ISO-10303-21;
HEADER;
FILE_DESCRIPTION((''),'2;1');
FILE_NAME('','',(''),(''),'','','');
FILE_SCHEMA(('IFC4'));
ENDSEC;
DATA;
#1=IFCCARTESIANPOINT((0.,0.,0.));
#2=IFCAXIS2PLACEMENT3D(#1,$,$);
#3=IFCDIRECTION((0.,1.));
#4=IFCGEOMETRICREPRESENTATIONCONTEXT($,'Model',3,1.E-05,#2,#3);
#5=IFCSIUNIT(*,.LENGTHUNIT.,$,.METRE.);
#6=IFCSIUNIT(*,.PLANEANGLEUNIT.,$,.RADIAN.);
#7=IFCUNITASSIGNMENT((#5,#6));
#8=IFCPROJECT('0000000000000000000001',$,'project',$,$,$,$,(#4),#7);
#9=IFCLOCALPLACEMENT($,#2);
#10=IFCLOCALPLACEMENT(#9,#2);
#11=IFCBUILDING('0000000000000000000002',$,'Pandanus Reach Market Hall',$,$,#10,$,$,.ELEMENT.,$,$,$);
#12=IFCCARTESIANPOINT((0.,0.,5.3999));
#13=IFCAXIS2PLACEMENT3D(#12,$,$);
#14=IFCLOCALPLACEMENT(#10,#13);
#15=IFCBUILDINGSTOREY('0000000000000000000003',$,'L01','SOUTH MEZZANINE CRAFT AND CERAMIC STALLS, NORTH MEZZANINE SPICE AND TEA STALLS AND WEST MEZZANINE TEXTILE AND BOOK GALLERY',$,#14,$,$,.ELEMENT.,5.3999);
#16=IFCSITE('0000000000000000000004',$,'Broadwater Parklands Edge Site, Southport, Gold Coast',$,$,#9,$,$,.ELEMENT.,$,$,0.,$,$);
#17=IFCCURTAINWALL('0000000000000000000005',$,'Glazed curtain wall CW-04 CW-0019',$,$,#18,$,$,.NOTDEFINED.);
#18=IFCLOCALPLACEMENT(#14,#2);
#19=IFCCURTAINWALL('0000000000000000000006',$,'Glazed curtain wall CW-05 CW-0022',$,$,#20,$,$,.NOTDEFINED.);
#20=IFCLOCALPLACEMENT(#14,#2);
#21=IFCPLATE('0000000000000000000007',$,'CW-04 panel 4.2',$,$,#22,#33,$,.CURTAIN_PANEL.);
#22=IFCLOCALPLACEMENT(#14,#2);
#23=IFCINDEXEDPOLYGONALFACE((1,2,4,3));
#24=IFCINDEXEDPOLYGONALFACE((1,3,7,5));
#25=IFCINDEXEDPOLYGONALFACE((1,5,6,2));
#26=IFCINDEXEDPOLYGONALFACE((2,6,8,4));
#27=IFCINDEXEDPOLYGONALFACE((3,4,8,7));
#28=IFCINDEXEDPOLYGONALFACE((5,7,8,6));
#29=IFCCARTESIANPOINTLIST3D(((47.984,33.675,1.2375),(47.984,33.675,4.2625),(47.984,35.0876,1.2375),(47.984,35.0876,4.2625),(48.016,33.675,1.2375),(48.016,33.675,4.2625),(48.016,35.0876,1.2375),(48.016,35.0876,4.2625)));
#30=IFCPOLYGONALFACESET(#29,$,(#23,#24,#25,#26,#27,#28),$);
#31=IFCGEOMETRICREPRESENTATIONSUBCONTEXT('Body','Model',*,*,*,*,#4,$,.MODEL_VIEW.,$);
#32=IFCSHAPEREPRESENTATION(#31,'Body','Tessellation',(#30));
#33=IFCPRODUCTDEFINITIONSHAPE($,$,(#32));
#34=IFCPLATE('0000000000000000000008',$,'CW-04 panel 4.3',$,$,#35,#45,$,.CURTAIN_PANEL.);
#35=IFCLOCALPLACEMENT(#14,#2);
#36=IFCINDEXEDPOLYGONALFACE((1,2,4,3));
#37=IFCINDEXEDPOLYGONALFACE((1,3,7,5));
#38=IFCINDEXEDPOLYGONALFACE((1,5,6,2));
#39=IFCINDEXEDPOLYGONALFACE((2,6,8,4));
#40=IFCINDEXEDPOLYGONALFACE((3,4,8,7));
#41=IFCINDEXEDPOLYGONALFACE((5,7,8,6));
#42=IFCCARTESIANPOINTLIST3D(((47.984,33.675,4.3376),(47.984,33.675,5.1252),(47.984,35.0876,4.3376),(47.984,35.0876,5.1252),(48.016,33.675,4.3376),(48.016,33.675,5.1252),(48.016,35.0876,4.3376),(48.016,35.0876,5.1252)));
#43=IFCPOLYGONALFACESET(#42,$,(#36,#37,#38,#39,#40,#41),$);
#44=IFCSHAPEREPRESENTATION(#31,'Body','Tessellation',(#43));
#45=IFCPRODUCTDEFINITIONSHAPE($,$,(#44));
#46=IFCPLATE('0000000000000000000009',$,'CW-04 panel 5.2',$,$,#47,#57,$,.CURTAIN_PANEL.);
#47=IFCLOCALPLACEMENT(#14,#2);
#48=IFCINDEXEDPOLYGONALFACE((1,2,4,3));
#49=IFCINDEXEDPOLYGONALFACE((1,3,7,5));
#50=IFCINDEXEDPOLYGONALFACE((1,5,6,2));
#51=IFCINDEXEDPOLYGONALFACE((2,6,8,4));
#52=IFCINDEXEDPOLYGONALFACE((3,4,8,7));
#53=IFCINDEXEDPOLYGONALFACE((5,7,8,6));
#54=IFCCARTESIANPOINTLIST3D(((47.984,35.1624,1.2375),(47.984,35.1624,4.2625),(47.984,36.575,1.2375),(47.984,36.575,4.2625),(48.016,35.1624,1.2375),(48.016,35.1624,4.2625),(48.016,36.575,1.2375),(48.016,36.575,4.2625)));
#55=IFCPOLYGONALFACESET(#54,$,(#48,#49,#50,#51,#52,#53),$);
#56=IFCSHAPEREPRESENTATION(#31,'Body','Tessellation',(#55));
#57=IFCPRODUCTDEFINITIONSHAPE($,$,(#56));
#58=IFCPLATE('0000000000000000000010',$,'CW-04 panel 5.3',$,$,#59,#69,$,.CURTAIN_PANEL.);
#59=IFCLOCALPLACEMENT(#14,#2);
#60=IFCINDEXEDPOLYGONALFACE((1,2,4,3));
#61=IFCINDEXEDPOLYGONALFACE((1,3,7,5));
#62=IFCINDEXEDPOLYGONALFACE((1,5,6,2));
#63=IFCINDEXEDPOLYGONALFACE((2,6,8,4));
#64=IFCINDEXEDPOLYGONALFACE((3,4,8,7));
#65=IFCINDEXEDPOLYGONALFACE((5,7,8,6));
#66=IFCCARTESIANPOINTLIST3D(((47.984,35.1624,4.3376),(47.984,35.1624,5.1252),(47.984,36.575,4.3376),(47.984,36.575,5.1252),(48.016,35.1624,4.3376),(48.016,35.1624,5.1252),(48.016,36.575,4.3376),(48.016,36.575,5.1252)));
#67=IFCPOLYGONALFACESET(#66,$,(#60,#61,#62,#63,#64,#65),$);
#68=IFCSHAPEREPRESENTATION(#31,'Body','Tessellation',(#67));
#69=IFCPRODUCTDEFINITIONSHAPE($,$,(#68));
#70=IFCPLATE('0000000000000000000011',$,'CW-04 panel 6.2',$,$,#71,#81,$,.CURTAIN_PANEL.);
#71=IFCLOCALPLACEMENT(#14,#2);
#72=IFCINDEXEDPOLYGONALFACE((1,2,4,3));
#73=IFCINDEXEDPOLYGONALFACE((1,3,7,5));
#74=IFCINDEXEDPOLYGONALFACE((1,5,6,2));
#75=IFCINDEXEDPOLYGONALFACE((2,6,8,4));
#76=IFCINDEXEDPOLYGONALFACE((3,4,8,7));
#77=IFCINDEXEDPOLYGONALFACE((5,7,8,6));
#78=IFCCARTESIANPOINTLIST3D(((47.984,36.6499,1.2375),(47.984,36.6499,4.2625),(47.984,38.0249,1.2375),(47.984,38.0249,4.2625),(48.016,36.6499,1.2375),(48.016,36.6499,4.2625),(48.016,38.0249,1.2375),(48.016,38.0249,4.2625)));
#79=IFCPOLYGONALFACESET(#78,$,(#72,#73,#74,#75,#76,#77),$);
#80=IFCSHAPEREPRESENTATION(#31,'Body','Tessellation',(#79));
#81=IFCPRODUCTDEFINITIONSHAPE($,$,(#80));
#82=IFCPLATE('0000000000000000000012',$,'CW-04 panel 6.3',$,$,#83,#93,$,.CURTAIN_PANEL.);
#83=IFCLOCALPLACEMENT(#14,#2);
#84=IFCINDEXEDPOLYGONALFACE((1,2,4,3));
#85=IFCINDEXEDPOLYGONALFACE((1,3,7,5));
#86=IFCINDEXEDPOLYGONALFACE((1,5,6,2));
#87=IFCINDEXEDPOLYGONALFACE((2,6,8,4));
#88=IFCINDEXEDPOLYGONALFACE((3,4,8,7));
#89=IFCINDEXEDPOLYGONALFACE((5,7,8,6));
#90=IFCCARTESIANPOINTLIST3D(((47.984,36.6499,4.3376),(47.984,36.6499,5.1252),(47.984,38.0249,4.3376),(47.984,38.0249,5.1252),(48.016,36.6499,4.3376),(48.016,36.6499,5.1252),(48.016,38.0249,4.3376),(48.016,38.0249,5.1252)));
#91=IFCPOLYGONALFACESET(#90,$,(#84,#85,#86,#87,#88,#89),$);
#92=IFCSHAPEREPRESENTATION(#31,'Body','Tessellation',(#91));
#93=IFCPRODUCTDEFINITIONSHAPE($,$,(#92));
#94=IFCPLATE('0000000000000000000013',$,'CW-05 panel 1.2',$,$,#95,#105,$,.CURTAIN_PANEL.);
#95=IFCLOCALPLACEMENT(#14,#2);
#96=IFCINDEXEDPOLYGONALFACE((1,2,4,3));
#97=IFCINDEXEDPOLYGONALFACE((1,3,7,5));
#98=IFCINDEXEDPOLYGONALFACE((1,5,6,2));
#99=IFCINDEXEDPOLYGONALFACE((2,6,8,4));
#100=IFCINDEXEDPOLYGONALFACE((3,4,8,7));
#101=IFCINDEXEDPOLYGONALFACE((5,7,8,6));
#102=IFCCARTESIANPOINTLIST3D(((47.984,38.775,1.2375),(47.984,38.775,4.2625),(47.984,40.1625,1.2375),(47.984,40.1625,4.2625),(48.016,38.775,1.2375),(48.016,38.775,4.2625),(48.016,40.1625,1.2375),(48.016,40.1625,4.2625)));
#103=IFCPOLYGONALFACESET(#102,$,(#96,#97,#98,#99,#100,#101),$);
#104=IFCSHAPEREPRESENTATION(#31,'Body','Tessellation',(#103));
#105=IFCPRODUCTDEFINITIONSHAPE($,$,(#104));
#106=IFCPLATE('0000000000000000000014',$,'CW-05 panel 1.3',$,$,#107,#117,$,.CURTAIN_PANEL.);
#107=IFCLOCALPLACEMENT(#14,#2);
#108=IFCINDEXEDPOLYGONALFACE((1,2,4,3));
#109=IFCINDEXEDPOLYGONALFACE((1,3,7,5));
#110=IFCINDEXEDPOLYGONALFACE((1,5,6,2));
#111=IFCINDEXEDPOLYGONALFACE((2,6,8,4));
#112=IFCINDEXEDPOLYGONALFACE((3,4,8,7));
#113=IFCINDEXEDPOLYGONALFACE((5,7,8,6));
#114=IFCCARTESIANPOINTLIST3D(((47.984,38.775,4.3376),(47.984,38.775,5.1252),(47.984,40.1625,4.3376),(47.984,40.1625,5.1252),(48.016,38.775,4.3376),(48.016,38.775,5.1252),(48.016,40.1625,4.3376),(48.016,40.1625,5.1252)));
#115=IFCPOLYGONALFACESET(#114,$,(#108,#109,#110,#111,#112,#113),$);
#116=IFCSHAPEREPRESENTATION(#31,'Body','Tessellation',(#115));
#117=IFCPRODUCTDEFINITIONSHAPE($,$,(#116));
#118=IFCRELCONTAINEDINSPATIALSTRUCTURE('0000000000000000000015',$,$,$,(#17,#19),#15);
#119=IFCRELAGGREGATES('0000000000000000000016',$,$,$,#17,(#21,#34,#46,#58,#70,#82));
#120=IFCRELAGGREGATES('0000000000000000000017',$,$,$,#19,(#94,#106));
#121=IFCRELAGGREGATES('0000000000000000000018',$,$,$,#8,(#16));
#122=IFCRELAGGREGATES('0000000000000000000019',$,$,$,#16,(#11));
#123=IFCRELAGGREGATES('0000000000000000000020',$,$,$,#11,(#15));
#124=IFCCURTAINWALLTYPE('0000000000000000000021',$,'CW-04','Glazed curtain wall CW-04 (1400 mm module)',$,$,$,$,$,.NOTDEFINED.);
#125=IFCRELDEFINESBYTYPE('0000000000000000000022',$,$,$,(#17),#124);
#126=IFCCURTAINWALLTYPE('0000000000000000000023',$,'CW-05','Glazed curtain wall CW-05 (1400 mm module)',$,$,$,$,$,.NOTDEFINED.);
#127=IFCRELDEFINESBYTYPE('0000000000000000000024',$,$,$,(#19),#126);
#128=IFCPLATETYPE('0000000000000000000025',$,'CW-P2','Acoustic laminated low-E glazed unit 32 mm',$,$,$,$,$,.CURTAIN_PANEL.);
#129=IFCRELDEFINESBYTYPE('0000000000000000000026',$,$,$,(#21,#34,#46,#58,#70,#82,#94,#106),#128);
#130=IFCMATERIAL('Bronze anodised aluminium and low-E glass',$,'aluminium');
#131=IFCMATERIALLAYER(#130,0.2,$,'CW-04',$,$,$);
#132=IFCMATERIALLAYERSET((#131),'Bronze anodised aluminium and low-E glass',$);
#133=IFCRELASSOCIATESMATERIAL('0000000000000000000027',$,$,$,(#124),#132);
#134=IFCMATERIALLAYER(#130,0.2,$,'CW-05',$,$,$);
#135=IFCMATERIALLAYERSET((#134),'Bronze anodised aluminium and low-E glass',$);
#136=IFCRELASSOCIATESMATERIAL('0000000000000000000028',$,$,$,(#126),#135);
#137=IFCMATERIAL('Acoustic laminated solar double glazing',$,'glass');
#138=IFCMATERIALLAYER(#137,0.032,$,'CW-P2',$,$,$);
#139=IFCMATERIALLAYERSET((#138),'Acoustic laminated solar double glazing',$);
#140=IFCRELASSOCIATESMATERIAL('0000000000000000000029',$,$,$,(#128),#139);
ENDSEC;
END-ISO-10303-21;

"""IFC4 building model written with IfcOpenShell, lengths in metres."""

from ifc_helpers import new_model, si_unit, direction, frame, origin, origin_2d, place, context, subcontext, project, spatial, rectangle, extrude, material, layer, layer_set, type_object, element, aggregate, save


model = new_model("IFC4")

# Units and contexts
model_context = context("Model", 3, precision=1e-05, world=origin(), true_north=direction((0.0, 1.0)))
body_context = subcontext(model_context, "Body", "Model", "MODEL_VIEW")
ifc_project = project(units=[si_unit("LENGTHUNIT", "METRE"), si_unit("PLANEANGLEUNIT", "RADIAN")], contexts=[model_context])

# Site, building, storey
site_placement = place(None, origin())
site = spatial("IfcSite", under=ifc_project, at=site_placement, Name="Broadwater Parklands Edge Site, Southport, Gold Coast", CompositionType="ELEMENT", RefElevation=0.0)
building_placement = place(site_placement, origin())
building = spatial("IfcBuilding", under=site, at=building_placement, Name="Pandanus Reach Market Hall", CompositionType="ELEMENT")
storey_placement = place(building_placement, frame((0.0, 0.0, 5.3999)))
storey = spatial("IfcBuildingStorey", under=building, at=storey_placement, Name="L01", Description="SOUTH MEZZANINE CRAFT AND CERAMIC STALLS, NORTH MEZZANINE SPICE AND TEA STALLS AND WEST MEZZANINE TEXTILE AND BOOK GALLERY", CompositionType="ELEMENT", Elevation=5.3999)

# Curtain walls
ifc_material_1 = material(Name="Bronze anodised aluminium and low-E glass", Category="aluminium")
ifc_layer_1 = layer(ifc_material_1, 0.2, Name="CW-04")
ifc_layer_set_1 = layer_set([ifc_layer_1], Name="Bronze anodised aluminium and low-E glass")
curtain_wall_type_1 = type_object("IfcCurtainWallType", Name="CW-04", Description="Glazed curtain wall CW-04 (1400 mm module)", PredefinedType="NOTDEFINED", material=ifc_layer_set_1)
curtain_wall_1_placement = place(storey_placement, origin())
curtain_wall_1 = element("IfcCurtainWall", 1, at=curtain_wall_1_placement, inside=storey, type_object=curtain_wall_type_1, Name="Glazed curtain wall CW-04 CW-0019", PredefinedType="NOTDEFINED")
ifc_layer_2 = layer(ifc_material_1, 0.2, Name="CW-05")
ifc_layer_set_2 = layer_set([ifc_layer_2], Name="Bronze anodised aluminium and low-E glass")
curtain_wall_type_2 = type_object("IfcCurtainWallType", Name="CW-05", Description="Glazed curtain wall CW-05 (1400 mm module)", PredefinedType="NOTDEFINED", material=ifc_layer_set_2)
curtain_wall_2_placement = place(storey_placement, origin())
curtain_wall_2 = element("IfcCurtainWall", 2, at=curtain_wall_2_placement, inside=storey, type_object=curtain_wall_type_2, Name="Glazed curtain wall CW-05 CW-0022", PredefinedType="NOTDEFINED")

# Plates
ifc_material_2 = material(Name="Acoustic laminated solar double glazing", Category="glass")
ifc_layer_3 = layer(ifc_material_2, 0.032, Name="CW-P2")
ifc_layer_set_3 = layer_set([ifc_layer_3], Name="Acoustic laminated solar double glazing")
plate_type = type_object("IfcPlateType", Name="CW-P2", Description="Acoustic laminated low-E glazed unit 32 mm", PredefinedType="CURTAIN_PANEL", material=ifc_layer_set_3)
plate_1_placement = place(storey_placement, frame((48.0, 34.3813, 1.2375), z_axis=(0.0, 0.0, 1.0), x_axis=(0.0, 1.0, 0.0)))
plate_1 = element("IfcPlate", 3, at=plate_1_placement, type_object=plate_type, Name="CW-04 panel 4.2", PredefinedType="CURTAIN_PANEL", context=body_context, shape_type="SweptSolid", body=[
    extrude(rectangle(XDim=1.4126, YDim=0.032, at=origin_2d()), origin(), (0.0, 0.0, 1.0), 3.0249),
])
plate_2_placement = place(storey_placement, frame((48.0, 34.3813, 4.3376), z_axis=(0.0, 0.0, 1.0), x_axis=(0.0, 1.0, 0.0)))
plate_2 = element("IfcPlate", 4, at=plate_2_placement, type_object=plate_type, Name="CW-04 panel 4.3", PredefinedType="CURTAIN_PANEL", context=body_context, shape_type="SweptSolid", body=[
    extrude(rectangle(XDim=1.4126, YDim=0.032, at=origin_2d()), origin(), (0.0, 0.0, 1.0), 0.7876),
])
plate_3_placement = place(storey_placement, frame((48.0, 35.8687, 1.2375), z_axis=(0.0, 0.0, 1.0), x_axis=(0.0, 1.0, 0.0)))
plate_3 = element("IfcPlate", 5, at=plate_3_placement, type_object=plate_type, Name="CW-04 panel 5.2", PredefinedType="CURTAIN_PANEL", context=body_context, shape_type="SweptSolid", body=[
    extrude(rectangle(XDim=1.4126, YDim=0.032, at=origin_2d()), origin(), (0.0, 0.0, 1.0), 3.0249),
])
plate_4_placement = place(storey_placement, frame((48.0, 35.8687, 4.3376), z_axis=(0.0, 0.0, 1.0), x_axis=(0.0, 1.0, 0.0)))
plate_4 = element("IfcPlate", 6, at=plate_4_placement, type_object=plate_type, Name="CW-04 panel 5.3", PredefinedType="CURTAIN_PANEL", context=body_context, shape_type="SweptSolid", body=[
    extrude(rectangle(XDim=1.4126, YDim=0.032, at=origin_2d()), origin(), (0.0, 0.0, 1.0), 0.7876),
])
plate_5_placement = place(storey_placement, frame((48.0, 37.3374, 1.2375), z_axis=(0.0, 0.0, 1.0), x_axis=(0.0, 1.0, 0.0)))
plate_5 = element("IfcPlate", 7, at=plate_5_placement, type_object=plate_type, Name="CW-04 panel 6.2", PredefinedType="CURTAIN_PANEL", context=body_context, shape_type="SweptSolid", body=[
    extrude(rectangle(XDim=1.375, YDim=0.032, at=origin_2d()), origin(), (0.0, 0.0, 1.0), 3.0249),
])
plate_6_placement = place(storey_placement, frame((48.0, 37.3374, 4.3376), z_axis=(0.0, 0.0, 1.0), x_axis=(0.0, 1.0, 0.0)))
plate_6 = element("IfcPlate", 8, at=plate_6_placement, type_object=plate_type, Name="CW-04 panel 6.3", PredefinedType="CURTAIN_PANEL", context=body_context, shape_type="SweptSolid", body=[
    extrude(rectangle(XDim=1.375, YDim=0.032, at=origin_2d()), origin(), (0.0, 0.0, 1.0), 0.7876),
])
aggregate(curtain_wall_1, [plate_1, plate_2, plate_3, plate_4, plate_5, plate_6])
plate_7_placement = place(storey_placement, frame((48.0, 39.4688, 1.2375), z_axis=(0.0, 0.0, 1.0), x_axis=(0.0, 1.0, 0.0)))
plate_7 = element("IfcPlate", 9, at=plate_7_placement, type_object=plate_type, Name="CW-05 panel 1.2", PredefinedType="CURTAIN_PANEL", context=body_context, shape_type="SweptSolid", body=[
    extrude(rectangle(XDim=1.3875, YDim=0.032, at=origin_2d()), origin(), (0.0, 0.0, 1.0), 3.0249),
])
plate_8_placement = place(storey_placement, frame((48.0, 39.4688, 4.3376), z_axis=(0.0, 0.0, 1.0), x_axis=(0.0, 1.0, 0.0)))
plate_8 = element("IfcPlate", 10, at=plate_8_placement, type_object=plate_type, Name="CW-05 panel 1.3", PredefinedType="CURTAIN_PANEL", context=body_context, shape_type="SweptSolid", body=[
    extrude(rectangle(XDim=1.3875, YDim=0.032, at=origin_2d()), origin(), (0.0, 0.0, 1.0), 0.7876),
])
aggregate(curtain_wall_2, [plate_7, plate_8])

save(model, "model.ifc")
